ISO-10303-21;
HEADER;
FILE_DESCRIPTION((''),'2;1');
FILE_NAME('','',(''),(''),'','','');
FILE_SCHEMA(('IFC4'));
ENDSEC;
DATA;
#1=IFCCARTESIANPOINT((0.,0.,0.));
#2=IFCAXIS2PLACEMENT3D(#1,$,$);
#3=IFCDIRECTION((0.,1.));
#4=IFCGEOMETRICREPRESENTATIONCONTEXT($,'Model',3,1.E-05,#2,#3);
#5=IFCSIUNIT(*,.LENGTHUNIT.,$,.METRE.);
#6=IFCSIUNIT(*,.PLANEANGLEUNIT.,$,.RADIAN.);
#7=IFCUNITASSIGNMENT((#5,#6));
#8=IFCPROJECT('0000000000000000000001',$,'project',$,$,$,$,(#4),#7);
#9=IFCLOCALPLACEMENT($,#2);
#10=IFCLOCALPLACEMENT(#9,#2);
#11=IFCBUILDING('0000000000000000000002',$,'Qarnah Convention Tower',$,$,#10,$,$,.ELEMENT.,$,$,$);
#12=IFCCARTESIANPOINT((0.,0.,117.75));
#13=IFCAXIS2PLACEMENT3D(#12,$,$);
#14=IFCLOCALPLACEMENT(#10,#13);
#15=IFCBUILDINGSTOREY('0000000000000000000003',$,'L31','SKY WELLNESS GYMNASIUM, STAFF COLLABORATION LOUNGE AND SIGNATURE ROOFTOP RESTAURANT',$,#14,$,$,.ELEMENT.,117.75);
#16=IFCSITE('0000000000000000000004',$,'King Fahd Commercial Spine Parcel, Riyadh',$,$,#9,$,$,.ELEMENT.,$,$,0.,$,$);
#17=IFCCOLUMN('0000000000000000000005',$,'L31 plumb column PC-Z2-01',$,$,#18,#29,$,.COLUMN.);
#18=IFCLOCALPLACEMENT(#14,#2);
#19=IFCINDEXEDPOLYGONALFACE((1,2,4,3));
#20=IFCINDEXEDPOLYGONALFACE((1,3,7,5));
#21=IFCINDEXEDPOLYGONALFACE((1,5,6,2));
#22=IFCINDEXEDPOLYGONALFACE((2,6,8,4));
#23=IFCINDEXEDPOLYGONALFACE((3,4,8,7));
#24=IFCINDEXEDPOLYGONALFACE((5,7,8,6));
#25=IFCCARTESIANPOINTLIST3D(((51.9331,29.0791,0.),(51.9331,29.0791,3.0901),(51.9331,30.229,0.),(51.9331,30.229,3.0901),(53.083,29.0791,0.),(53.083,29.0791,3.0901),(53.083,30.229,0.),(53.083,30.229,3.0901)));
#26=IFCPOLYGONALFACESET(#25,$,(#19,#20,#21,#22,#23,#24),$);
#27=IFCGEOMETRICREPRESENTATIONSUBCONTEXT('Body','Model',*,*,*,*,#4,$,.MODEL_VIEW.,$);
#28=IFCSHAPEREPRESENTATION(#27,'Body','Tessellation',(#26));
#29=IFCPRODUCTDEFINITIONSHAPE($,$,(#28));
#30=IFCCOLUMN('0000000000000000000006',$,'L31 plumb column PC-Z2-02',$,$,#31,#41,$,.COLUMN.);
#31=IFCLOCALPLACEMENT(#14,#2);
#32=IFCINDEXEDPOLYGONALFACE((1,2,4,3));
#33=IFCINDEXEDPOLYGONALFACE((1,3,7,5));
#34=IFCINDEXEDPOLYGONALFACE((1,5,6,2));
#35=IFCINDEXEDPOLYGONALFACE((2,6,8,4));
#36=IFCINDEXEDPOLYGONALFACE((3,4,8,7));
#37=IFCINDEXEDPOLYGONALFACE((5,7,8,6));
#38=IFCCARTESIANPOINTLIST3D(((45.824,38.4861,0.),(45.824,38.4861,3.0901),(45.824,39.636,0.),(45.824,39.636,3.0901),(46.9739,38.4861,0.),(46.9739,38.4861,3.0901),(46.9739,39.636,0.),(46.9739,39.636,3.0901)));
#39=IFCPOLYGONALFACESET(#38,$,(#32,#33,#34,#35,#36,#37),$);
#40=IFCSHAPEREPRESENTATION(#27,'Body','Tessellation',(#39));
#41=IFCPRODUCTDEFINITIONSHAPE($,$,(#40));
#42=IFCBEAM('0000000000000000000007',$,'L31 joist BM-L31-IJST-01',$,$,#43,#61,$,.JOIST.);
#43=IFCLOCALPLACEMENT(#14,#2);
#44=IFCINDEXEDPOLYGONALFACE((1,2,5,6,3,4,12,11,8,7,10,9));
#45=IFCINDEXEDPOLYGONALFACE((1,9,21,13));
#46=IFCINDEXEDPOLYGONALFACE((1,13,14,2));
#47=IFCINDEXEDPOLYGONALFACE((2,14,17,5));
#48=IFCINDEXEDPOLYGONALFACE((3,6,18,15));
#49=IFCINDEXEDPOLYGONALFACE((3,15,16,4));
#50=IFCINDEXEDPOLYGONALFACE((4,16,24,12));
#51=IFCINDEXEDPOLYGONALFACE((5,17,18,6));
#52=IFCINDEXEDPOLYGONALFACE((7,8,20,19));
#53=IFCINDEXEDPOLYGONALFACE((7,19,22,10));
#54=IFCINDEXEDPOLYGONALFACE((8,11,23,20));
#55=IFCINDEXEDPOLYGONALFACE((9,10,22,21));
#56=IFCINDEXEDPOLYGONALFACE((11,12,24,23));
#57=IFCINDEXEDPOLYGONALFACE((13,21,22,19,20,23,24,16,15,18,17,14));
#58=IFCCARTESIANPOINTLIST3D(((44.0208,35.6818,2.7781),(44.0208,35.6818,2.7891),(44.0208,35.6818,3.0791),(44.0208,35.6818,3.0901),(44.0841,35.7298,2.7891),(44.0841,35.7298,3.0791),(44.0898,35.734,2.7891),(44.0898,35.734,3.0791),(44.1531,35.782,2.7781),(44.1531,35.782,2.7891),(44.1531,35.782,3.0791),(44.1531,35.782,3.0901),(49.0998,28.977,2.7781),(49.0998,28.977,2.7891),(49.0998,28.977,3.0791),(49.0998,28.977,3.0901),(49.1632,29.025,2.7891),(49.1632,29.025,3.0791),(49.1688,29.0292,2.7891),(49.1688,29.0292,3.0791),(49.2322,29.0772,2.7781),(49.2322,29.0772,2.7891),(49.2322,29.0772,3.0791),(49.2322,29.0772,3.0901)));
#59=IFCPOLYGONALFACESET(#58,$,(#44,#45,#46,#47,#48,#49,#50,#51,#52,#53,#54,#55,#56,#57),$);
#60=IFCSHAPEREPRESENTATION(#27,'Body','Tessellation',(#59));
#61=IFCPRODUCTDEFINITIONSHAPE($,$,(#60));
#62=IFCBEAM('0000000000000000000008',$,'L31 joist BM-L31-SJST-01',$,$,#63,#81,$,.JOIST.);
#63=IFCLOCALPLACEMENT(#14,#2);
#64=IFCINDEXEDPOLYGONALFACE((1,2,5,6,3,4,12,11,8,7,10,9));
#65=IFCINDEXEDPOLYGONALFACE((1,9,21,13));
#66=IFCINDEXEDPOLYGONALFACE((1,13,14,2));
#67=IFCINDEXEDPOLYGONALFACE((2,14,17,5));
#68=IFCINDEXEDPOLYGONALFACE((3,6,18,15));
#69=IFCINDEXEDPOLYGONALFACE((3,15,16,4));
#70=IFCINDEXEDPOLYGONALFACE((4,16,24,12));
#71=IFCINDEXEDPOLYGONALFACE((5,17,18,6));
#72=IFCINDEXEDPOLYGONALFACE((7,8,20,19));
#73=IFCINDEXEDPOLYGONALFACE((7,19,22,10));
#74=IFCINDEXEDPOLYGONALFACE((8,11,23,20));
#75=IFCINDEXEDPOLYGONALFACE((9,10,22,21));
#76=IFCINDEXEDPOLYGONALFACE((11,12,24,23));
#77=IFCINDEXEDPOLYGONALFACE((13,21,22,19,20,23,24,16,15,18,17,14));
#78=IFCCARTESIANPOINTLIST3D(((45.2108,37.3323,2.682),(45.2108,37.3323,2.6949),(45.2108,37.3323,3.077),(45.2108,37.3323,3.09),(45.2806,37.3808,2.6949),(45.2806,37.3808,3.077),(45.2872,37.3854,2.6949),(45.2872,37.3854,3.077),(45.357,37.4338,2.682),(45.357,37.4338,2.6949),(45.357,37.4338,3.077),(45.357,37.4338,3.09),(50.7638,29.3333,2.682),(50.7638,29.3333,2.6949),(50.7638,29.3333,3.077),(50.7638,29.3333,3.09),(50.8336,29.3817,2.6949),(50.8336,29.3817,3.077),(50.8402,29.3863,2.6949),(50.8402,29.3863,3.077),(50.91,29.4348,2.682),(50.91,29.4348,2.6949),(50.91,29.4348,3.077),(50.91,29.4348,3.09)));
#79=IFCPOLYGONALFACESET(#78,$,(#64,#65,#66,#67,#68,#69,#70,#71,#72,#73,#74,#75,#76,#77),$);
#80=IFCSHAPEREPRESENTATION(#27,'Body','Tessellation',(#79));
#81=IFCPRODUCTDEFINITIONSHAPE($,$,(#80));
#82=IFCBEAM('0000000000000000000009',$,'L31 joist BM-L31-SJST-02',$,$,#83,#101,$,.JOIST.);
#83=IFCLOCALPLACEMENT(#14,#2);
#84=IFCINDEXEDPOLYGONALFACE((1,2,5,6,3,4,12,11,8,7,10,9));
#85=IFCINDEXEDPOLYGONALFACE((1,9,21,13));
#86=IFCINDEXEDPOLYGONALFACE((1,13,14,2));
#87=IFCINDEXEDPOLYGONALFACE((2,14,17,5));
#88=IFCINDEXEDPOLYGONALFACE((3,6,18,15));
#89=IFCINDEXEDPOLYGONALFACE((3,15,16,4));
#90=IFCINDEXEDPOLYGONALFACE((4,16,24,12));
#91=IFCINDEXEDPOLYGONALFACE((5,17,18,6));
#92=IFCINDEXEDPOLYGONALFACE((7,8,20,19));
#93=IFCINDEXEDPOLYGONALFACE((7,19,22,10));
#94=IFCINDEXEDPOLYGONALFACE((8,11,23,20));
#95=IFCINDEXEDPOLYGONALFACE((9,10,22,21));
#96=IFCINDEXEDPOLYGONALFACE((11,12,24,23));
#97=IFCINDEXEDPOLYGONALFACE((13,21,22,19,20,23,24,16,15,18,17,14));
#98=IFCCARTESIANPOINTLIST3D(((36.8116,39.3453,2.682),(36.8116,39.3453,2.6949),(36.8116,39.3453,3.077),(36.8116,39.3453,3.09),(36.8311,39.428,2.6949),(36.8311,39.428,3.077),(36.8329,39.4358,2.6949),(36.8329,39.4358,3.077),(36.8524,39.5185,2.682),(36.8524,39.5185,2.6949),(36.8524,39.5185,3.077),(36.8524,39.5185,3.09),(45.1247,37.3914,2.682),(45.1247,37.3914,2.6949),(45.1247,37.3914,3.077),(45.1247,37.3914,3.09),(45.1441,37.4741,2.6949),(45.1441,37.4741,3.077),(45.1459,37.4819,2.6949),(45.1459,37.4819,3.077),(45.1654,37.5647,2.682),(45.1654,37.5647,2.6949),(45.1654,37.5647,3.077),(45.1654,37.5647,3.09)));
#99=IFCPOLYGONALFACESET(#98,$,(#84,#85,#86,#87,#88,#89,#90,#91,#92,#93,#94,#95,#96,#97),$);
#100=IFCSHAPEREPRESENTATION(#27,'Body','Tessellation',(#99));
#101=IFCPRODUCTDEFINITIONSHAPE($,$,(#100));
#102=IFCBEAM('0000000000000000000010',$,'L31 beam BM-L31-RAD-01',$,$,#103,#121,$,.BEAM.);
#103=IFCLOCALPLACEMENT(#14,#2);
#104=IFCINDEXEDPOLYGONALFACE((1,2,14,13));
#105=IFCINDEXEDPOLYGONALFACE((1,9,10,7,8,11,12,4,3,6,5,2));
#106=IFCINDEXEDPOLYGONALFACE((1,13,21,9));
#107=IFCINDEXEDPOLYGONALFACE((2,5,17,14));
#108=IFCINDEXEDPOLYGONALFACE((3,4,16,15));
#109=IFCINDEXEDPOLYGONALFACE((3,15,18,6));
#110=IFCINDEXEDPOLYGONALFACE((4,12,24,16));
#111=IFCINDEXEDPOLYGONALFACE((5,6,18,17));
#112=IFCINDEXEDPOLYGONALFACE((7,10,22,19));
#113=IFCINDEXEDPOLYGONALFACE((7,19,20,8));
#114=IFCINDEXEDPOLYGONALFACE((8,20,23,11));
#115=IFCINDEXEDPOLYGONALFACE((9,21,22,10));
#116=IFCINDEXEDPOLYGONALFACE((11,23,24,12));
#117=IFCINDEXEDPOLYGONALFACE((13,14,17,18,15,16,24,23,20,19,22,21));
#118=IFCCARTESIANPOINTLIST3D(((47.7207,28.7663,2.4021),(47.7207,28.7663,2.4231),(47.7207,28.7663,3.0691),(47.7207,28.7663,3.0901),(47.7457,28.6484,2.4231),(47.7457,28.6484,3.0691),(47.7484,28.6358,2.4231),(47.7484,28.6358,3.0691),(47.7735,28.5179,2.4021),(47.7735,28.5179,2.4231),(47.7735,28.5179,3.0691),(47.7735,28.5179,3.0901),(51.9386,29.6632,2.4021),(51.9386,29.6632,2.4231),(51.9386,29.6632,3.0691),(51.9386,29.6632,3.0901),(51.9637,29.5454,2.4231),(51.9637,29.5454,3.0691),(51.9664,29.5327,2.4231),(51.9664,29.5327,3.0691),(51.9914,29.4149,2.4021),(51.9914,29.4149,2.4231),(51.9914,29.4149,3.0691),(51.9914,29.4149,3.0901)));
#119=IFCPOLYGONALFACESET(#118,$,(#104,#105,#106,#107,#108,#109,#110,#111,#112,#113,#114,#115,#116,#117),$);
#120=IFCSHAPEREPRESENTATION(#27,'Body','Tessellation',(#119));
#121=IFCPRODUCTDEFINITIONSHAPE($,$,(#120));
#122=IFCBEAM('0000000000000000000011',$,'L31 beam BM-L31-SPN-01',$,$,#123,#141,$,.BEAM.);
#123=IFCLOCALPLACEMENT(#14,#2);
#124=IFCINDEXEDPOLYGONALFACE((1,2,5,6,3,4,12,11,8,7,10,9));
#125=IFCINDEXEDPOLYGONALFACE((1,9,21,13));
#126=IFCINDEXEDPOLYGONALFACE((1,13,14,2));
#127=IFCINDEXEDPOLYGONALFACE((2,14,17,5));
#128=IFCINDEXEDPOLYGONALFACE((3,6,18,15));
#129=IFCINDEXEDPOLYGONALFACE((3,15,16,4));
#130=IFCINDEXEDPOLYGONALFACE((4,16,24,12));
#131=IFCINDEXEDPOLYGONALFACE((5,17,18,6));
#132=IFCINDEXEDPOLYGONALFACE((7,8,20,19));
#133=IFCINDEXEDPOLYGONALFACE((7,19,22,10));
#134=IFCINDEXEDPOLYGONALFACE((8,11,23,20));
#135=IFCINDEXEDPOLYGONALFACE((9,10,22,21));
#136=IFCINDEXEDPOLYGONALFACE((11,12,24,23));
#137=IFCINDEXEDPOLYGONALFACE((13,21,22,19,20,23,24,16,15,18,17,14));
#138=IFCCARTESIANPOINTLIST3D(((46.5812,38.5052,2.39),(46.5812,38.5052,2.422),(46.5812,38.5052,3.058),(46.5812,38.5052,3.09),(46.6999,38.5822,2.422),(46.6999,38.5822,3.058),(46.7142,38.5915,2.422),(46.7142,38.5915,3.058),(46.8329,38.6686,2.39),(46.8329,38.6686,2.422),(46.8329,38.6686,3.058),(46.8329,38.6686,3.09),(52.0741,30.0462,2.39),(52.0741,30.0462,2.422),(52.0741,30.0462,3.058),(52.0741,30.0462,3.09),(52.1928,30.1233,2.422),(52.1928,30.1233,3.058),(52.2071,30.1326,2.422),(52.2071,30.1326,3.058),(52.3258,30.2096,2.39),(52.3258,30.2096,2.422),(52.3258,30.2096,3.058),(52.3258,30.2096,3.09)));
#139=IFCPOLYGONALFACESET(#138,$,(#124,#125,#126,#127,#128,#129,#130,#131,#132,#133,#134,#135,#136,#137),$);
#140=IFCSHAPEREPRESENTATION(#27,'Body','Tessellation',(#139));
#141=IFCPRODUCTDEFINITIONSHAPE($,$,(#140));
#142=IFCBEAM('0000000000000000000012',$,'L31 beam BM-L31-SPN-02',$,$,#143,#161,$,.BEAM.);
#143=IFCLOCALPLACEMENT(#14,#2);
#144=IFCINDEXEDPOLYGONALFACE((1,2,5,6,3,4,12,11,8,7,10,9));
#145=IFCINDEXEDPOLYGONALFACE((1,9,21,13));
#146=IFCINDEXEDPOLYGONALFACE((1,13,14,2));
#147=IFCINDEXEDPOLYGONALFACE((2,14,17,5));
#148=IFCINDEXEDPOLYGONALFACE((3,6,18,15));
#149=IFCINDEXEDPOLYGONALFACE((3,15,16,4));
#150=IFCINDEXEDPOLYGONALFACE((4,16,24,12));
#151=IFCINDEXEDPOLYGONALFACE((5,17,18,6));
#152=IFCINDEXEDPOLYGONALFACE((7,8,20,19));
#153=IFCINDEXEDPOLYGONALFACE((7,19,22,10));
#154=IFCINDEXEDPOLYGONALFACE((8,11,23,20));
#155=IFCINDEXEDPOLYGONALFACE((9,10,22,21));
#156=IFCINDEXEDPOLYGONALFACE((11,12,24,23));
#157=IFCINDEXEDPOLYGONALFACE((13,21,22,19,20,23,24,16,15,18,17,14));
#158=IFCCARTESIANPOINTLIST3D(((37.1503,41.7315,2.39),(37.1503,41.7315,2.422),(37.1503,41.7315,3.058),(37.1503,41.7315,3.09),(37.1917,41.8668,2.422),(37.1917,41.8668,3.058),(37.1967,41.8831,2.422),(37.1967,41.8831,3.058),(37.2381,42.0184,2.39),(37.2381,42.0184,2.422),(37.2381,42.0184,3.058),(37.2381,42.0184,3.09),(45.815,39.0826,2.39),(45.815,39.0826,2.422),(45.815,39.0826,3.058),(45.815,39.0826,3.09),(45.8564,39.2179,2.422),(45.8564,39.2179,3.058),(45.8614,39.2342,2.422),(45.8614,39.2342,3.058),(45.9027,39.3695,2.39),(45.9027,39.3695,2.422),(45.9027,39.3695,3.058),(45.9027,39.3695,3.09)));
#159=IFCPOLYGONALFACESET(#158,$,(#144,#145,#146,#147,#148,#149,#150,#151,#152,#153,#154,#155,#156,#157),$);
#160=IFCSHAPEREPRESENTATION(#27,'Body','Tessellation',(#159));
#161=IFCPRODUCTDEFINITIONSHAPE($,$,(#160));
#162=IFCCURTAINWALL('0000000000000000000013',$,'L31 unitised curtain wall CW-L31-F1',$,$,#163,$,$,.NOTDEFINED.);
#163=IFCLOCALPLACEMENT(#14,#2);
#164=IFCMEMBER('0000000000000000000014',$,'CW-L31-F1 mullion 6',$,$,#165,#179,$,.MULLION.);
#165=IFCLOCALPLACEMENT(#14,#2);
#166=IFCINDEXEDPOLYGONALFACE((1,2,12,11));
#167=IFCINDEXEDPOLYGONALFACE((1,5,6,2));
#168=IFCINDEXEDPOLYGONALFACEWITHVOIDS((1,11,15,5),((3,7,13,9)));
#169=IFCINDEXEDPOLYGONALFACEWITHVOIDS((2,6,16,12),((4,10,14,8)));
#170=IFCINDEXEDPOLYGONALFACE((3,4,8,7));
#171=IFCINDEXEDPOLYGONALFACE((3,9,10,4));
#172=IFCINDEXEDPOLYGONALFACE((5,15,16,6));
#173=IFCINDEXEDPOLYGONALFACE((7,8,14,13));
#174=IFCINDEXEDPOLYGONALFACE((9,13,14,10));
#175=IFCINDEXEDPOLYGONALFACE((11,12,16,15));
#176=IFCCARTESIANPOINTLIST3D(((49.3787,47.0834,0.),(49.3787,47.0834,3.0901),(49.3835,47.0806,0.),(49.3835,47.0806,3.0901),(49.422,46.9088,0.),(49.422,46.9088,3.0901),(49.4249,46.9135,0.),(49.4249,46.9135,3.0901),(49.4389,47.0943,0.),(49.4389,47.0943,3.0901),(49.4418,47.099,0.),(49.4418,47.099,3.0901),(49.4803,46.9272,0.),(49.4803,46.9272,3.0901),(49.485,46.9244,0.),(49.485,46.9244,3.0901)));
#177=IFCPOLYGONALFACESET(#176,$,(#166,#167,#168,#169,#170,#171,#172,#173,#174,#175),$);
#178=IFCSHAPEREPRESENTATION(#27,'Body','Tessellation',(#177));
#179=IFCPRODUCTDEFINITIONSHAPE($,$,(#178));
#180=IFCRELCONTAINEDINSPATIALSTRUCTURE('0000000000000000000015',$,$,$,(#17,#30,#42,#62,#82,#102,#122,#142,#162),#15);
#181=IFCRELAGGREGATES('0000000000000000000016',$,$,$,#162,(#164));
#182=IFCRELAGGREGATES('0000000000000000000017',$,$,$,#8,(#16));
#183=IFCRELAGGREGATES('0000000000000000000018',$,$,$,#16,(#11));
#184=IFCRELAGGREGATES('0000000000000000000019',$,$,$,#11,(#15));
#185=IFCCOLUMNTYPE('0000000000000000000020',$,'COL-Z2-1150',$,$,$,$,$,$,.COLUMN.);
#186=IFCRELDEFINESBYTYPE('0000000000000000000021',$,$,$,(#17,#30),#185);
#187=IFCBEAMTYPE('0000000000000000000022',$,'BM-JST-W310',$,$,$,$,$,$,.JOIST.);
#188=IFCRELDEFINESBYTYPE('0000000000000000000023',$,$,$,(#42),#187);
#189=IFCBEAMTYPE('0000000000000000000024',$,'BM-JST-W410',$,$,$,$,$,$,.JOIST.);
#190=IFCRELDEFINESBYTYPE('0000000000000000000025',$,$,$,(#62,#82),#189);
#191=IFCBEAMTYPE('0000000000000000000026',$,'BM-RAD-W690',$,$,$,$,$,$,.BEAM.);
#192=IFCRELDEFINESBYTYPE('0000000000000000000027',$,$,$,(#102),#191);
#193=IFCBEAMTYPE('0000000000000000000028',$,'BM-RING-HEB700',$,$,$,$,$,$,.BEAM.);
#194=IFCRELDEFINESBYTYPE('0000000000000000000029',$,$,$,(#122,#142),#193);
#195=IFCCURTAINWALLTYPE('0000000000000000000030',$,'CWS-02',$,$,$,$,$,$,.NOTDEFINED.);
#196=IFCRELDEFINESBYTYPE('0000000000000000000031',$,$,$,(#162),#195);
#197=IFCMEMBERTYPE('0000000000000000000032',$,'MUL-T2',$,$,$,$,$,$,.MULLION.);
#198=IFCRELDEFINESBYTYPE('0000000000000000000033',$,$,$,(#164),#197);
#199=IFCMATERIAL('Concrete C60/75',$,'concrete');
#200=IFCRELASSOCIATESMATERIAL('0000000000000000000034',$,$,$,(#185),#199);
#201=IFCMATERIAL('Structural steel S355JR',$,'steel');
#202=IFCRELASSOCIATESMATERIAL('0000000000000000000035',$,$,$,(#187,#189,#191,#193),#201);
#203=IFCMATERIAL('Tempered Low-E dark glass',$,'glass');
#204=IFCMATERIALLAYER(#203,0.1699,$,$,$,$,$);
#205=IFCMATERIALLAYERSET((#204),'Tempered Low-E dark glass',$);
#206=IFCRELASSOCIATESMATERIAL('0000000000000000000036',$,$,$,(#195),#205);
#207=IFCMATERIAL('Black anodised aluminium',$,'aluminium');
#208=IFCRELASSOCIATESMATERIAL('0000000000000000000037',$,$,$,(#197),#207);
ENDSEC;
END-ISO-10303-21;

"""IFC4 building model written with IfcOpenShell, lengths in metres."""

from ifc_helpers import new_model, si_unit, direction, frame, origin, origin_2d, place, context, subcontext, project, spatial, rectangle, hollow_rectangle, i_section, extrude, material, layer, layer_set, material_profile, profile_set, type_object, element, aggregate, save


model = new_model("IFC4")

# Units and contexts
model_context = context("Model", 3, precision=1e-05, world=origin(), true_north=direction((0.0, 1.0)))
body_context = subcontext(model_context, "Body", "Model", "MODEL_VIEW")
ifc_project = project(units=[si_unit("LENGTHUNIT", "METRE"), si_unit("PLANEANGLEUNIT", "RADIAN")], contexts=[model_context])

# Site, building, storey
site_placement = place(None, origin())
site = spatial("IfcSite", under=ifc_project, at=site_placement, Name="King Fahd Commercial Spine Parcel, Riyadh", CompositionType="ELEMENT", RefElevation=0.0)
building_placement = place(site_placement, origin())
building = spatial("IfcBuilding", under=site, at=building_placement, Name="Qarnah Convention Tower", CompositionType="ELEMENT")
storey_placement = place(building_placement, frame((0.0, 0.0, 117.75)))
storey = spatial("IfcBuildingStorey", under=building, at=storey_placement, Name="L31", Description="SKY WELLNESS GYMNASIUM, STAFF COLLABORATION LOUNGE AND SIGNATURE ROOFTOP RESTAURANT", CompositionType="ELEMENT", Elevation=117.75)

# Columns
ifc_material_1 = material(Name="Concrete C60/75", Category="concrete")
ifc_material_profile_1 = material_profile(ifc_material_1, rectangle(XDim=1.1499, YDim=1.1499, at=origin_2d()), Name="RC-COL-1150X1150")
ifc_profile_set_1 = profile_set([ifc_material_profile_1], Name="Concrete C60/75")
column_type = type_object("IfcColumnType", Name="COL-Z2-1150", PredefinedType="COLUMN", material=ifc_profile_set_1)
for number, where, z_axis, x_axis, name in (
    (1, (52.5081, 29.6541, 0.0), (0.0, 0.0, 1.0), (1.0, 0.0, 0.0), "L31 plumb column PC-Z2-01"),
    (2, (46.3989, 39.061, 0.0), (0.0, 0.0, 1.0), (1.0, 0.0, 0.0), "L31 plumb column PC-Z2-02"),
):
    element("IfcColumn", number, at=place(storey_placement, frame(where, z_axis=z_axis, x_axis=x_axis)), inside=storey, type_object=column_type, Name=name, PredefinedType="COLUMN", context=body_context, shape_type="SweptSolid", body=[
        extrude(rectangle(XDim=1.1499, YDim=1.1499, at=origin_2d()), origin(), (0.0, 0.0, 1.0), 3.0901),
    ])

# Beams
ifc_material_2 = material(Name="Structural steel S355JR", Category="steel")
ifc_material_profile_2 = material_profile(ifc_material_2, i_section(OverallWidth=0.166, OverallDepth=0.312, WebThickness=0.0071, FlangeThickness=0.011, at=origin_2d()), Name="W310X45")
ifc_profile_set_2 = profile_set([ifc_material_profile_2], Name="Structural steel S355JR")
beam_type_1 = type_object("IfcBeamType", Name="BM-JST-W310", PredefinedType="JOIST", material=ifc_profile_set_2)
beam_1_placement = place(storey_placement, frame((49.166, 29.0271, 2.9341), z_axis=(-0.603834, 0.79711, 0.0), x_axis=(-0.79711, -0.603834, 0.0)))
element("IfcBeam", 3, at=beam_1_placement, inside=storey, type_object=beam_type_1, Name="L31 joist BM-L31-IJST-01", PredefinedType="JOIST", context=body_context, shape_type="SweptSolid", body=[
    extrude(i_section(OverallWidth=0.166, OverallDepth=0.312, WebThickness=0.0071, FlangeThickness=0.011, at=origin_2d()), origin(), (0.0, 0.0, 1.0), 8.4114),
])
ifc_material_profile_3 = material_profile(ifc_material_2, i_section(OverallWidth=0.178, OverallDepth=0.408, WebThickness=0.0081, FlangeThickness=0.0129, at=origin_2d()), Name="W410X60")
ifc_profile_set_3 = profile_set([ifc_material_profile_3], Name="Structural steel S355JR")
beam_type_2 = type_object("IfcBeamType", Name="BM-JST-W410", PredefinedType="JOIST", material=ifc_profile_set_3)
beam_2_placement = place(storey_placement, frame((50.8369, 29.384, 2.886), z_axis=(-0.570264, 0.821461, 0.0), x_axis=(-0.821461, -0.570264, 0.0)))
element("IfcBeam", 4, at=beam_2_placement, inside=storey, type_object=beam_type_2, Name="L31 joist BM-L31-SJST-01", PredefinedType="JOIST", context=body_context, shape_type="SweptSolid", body=[
    extrude(i_section(OverallWidth=0.178, OverallDepth=0.408, WebThickness=0.0081, FlangeThickness=0.0129, at=origin_2d()), origin(), (0.0, 0.0, 1.0), 9.7375),
])
beam_3_placement = place(storey_placement, frame((45.145, 37.478, 2.886), z_axis=(-0.973473, 0.228802, 0.0), x_axis=(-0.228802, -0.973473, 0.0)))
element("IfcBeam", 5, at=beam_3_placement, inside=storey, type_object=beam_type_2, Name="L31 joist BM-L31-SJST-02", PredefinedType="JOIST", context=body_context, shape_type="SweptSolid", body=[
    extrude(i_section(OverallWidth=0.178, OverallDepth=0.408, WebThickness=0.0081, FlangeThickness=0.0129, at=origin_2d()), origin(), (0.0, 0.0, 1.0), 8.5396),
])
ifc_material_profile_4 = material_profile(ifc_material_2, i_section(OverallWidth=0.2539, OverallDepth=0.688, WebThickness=0.0129, FlangeThickness=0.021, at=origin_2d()), Name="W690X152")
ifc_profile_set_4 = profile_set([ifc_material_profile_4], Name="Structural steel S355JR")
beam_type_3 = type_object("IfcBeamType", Name="BM-RAD-W690", PredefinedType="BEAM", material=ifc_profile_set_4)
beam_4_placement = place(storey_placement, frame((47.7471, 28.6421, 2.7461), z_axis=(0.978128, 0.208002, 0.0), x_axis=(-0.208002, 0.978128, 0.0)))
element("IfcBeam", 6, at=beam_4_placement, inside=storey, type_object=beam_type_3, Name="L31 beam BM-L31-RAD-01", PredefinedType="BEAM", context=body_context, shape_type="SweptSolid", body=[
    extrude(i_section(OverallWidth=0.2539, OverallDepth=0.688, WebThickness=0.0129, FlangeThickness=0.021, at=origin_2d()), origin(), (0.0, 0.0, 1.0), 4.3123),
])
ifc_material_profile_5 = material_profile(ifc_material_2, i_section(OverallWidth=0.3, OverallDepth=0.7, WebThickness=0.0171, FlangeThickness=0.032, at=origin_2d()), Name="HEB700")
ifc_profile_set_5 = profile_set([ifc_material_profile_5], Name="Structural steel S355JR")
beam_type_4 = type_object("IfcBeamType", Name="BM-RING-HEB700", PredefinedType="BEAM", material=ifc_profile_set_5)
beam_5_placement = place(storey_placement, frame((52.2, 30.1279, 2.74), z_axis=(-0.544611, 0.838689, 0.0), x_axis=(-0.838689, -0.544611, 0.0)))
element("IfcBeam", 7, at=beam_5_placement, inside=storey, type_object=beam_type_4, Name="L31 beam BM-L31-SPN-01", PredefinedType="BEAM", context=body_context, shape_type="SweptSolid", body=[
    extrude(i_section(OverallWidth=0.3, OverallDepth=0.7, WebThickness=0.0171, FlangeThickness=0.032, at=origin_2d()), origin(), (0.0, 0.0, 1.0), 10.0859),
])
beam_6_placement = place(storey_placement, frame((45.8589, 39.2261, 2.74), z_axis=(-0.95631, 0.292355, 0.0), x_axis=(-0.292355, -0.95631, 0.0)))
element("IfcBeam", 8, at=beam_6_placement, inside=storey, type_object=beam_type_4, Name="L31 beam BM-L31-SPN-02", PredefinedType="BEAM", context=body_context, shape_type="SweptSolid", body=[
    extrude(i_section(OverallWidth=0.3, OverallDepth=0.7, WebThickness=0.0171, FlangeThickness=0.032, at=origin_2d()), origin(), (0.0, 0.0, 1.0), 9.0605),
])

# Curtain wall, member
ifc_material_3 = material(Name="Tempered Low-E dark glass", Category="glass")
ifc_layer_1 = layer(ifc_material_3, 0.1699)
ifc_layer_set_1 = layer_set([ifc_layer_1], Name="Tempered Low-E dark glass")
curtain_wall_type = type_object("IfcCurtainWallType", Name="CWS-02", PredefinedType="NOTDEFINED", material=ifc_layer_set_1)
curtain_wall_1_placement = place(storey_placement, origin())
curtain_wall_1 = element("IfcCurtainWall", 9, at=curtain_wall_1_placement, inside=storey, type_object=curtain_wall_type, Name="L31 unitised curtain wall CW-L31-F1", PredefinedType="NOTDEFINED")
ifc_material_4 = material(Name="Black anodised aluminium", Category="aluminium")
ifc_material_profile_6 = material_profile(ifc_material_4, hollow_rectangle(XDim=0.0649, YDim=0.1799, WallThickness=0.0039, at=origin_2d()), Name="MUL-65X180")
ifc_profile_set_6 = profile_set([ifc_material_profile_6], Name="Black anodised aluminium")
member_type_1 = type_object("IfcMemberType", Name="MUL-T2", PredefinedType="MULLION", material=ifc_profile_set_6)
member_1_placement = place(storey_placement, frame((49.4319, 47.0039, 0.0), z_axis=(0.0, 0.0, 1.0), x_axis=(0.970639, 0.240541, 0.0)))
member_1 = element("IfcMember", 10, at=member_1_placement, type_object=member_type_1, Name="CW-L31-F1 mullion 6", PredefinedType="MULLION", context=body_context, shape_type="SweptSolid", body=[
    extrude(hollow_rectangle(XDim=0.0649, YDim=0.1799, WallThickness=0.0039, at=origin_2d()), origin(), (0.0, 0.0, 1.0), 3.0901),
])

aggregate(curtain_wall_1, [member_1])

save(model, "model.ifc")
